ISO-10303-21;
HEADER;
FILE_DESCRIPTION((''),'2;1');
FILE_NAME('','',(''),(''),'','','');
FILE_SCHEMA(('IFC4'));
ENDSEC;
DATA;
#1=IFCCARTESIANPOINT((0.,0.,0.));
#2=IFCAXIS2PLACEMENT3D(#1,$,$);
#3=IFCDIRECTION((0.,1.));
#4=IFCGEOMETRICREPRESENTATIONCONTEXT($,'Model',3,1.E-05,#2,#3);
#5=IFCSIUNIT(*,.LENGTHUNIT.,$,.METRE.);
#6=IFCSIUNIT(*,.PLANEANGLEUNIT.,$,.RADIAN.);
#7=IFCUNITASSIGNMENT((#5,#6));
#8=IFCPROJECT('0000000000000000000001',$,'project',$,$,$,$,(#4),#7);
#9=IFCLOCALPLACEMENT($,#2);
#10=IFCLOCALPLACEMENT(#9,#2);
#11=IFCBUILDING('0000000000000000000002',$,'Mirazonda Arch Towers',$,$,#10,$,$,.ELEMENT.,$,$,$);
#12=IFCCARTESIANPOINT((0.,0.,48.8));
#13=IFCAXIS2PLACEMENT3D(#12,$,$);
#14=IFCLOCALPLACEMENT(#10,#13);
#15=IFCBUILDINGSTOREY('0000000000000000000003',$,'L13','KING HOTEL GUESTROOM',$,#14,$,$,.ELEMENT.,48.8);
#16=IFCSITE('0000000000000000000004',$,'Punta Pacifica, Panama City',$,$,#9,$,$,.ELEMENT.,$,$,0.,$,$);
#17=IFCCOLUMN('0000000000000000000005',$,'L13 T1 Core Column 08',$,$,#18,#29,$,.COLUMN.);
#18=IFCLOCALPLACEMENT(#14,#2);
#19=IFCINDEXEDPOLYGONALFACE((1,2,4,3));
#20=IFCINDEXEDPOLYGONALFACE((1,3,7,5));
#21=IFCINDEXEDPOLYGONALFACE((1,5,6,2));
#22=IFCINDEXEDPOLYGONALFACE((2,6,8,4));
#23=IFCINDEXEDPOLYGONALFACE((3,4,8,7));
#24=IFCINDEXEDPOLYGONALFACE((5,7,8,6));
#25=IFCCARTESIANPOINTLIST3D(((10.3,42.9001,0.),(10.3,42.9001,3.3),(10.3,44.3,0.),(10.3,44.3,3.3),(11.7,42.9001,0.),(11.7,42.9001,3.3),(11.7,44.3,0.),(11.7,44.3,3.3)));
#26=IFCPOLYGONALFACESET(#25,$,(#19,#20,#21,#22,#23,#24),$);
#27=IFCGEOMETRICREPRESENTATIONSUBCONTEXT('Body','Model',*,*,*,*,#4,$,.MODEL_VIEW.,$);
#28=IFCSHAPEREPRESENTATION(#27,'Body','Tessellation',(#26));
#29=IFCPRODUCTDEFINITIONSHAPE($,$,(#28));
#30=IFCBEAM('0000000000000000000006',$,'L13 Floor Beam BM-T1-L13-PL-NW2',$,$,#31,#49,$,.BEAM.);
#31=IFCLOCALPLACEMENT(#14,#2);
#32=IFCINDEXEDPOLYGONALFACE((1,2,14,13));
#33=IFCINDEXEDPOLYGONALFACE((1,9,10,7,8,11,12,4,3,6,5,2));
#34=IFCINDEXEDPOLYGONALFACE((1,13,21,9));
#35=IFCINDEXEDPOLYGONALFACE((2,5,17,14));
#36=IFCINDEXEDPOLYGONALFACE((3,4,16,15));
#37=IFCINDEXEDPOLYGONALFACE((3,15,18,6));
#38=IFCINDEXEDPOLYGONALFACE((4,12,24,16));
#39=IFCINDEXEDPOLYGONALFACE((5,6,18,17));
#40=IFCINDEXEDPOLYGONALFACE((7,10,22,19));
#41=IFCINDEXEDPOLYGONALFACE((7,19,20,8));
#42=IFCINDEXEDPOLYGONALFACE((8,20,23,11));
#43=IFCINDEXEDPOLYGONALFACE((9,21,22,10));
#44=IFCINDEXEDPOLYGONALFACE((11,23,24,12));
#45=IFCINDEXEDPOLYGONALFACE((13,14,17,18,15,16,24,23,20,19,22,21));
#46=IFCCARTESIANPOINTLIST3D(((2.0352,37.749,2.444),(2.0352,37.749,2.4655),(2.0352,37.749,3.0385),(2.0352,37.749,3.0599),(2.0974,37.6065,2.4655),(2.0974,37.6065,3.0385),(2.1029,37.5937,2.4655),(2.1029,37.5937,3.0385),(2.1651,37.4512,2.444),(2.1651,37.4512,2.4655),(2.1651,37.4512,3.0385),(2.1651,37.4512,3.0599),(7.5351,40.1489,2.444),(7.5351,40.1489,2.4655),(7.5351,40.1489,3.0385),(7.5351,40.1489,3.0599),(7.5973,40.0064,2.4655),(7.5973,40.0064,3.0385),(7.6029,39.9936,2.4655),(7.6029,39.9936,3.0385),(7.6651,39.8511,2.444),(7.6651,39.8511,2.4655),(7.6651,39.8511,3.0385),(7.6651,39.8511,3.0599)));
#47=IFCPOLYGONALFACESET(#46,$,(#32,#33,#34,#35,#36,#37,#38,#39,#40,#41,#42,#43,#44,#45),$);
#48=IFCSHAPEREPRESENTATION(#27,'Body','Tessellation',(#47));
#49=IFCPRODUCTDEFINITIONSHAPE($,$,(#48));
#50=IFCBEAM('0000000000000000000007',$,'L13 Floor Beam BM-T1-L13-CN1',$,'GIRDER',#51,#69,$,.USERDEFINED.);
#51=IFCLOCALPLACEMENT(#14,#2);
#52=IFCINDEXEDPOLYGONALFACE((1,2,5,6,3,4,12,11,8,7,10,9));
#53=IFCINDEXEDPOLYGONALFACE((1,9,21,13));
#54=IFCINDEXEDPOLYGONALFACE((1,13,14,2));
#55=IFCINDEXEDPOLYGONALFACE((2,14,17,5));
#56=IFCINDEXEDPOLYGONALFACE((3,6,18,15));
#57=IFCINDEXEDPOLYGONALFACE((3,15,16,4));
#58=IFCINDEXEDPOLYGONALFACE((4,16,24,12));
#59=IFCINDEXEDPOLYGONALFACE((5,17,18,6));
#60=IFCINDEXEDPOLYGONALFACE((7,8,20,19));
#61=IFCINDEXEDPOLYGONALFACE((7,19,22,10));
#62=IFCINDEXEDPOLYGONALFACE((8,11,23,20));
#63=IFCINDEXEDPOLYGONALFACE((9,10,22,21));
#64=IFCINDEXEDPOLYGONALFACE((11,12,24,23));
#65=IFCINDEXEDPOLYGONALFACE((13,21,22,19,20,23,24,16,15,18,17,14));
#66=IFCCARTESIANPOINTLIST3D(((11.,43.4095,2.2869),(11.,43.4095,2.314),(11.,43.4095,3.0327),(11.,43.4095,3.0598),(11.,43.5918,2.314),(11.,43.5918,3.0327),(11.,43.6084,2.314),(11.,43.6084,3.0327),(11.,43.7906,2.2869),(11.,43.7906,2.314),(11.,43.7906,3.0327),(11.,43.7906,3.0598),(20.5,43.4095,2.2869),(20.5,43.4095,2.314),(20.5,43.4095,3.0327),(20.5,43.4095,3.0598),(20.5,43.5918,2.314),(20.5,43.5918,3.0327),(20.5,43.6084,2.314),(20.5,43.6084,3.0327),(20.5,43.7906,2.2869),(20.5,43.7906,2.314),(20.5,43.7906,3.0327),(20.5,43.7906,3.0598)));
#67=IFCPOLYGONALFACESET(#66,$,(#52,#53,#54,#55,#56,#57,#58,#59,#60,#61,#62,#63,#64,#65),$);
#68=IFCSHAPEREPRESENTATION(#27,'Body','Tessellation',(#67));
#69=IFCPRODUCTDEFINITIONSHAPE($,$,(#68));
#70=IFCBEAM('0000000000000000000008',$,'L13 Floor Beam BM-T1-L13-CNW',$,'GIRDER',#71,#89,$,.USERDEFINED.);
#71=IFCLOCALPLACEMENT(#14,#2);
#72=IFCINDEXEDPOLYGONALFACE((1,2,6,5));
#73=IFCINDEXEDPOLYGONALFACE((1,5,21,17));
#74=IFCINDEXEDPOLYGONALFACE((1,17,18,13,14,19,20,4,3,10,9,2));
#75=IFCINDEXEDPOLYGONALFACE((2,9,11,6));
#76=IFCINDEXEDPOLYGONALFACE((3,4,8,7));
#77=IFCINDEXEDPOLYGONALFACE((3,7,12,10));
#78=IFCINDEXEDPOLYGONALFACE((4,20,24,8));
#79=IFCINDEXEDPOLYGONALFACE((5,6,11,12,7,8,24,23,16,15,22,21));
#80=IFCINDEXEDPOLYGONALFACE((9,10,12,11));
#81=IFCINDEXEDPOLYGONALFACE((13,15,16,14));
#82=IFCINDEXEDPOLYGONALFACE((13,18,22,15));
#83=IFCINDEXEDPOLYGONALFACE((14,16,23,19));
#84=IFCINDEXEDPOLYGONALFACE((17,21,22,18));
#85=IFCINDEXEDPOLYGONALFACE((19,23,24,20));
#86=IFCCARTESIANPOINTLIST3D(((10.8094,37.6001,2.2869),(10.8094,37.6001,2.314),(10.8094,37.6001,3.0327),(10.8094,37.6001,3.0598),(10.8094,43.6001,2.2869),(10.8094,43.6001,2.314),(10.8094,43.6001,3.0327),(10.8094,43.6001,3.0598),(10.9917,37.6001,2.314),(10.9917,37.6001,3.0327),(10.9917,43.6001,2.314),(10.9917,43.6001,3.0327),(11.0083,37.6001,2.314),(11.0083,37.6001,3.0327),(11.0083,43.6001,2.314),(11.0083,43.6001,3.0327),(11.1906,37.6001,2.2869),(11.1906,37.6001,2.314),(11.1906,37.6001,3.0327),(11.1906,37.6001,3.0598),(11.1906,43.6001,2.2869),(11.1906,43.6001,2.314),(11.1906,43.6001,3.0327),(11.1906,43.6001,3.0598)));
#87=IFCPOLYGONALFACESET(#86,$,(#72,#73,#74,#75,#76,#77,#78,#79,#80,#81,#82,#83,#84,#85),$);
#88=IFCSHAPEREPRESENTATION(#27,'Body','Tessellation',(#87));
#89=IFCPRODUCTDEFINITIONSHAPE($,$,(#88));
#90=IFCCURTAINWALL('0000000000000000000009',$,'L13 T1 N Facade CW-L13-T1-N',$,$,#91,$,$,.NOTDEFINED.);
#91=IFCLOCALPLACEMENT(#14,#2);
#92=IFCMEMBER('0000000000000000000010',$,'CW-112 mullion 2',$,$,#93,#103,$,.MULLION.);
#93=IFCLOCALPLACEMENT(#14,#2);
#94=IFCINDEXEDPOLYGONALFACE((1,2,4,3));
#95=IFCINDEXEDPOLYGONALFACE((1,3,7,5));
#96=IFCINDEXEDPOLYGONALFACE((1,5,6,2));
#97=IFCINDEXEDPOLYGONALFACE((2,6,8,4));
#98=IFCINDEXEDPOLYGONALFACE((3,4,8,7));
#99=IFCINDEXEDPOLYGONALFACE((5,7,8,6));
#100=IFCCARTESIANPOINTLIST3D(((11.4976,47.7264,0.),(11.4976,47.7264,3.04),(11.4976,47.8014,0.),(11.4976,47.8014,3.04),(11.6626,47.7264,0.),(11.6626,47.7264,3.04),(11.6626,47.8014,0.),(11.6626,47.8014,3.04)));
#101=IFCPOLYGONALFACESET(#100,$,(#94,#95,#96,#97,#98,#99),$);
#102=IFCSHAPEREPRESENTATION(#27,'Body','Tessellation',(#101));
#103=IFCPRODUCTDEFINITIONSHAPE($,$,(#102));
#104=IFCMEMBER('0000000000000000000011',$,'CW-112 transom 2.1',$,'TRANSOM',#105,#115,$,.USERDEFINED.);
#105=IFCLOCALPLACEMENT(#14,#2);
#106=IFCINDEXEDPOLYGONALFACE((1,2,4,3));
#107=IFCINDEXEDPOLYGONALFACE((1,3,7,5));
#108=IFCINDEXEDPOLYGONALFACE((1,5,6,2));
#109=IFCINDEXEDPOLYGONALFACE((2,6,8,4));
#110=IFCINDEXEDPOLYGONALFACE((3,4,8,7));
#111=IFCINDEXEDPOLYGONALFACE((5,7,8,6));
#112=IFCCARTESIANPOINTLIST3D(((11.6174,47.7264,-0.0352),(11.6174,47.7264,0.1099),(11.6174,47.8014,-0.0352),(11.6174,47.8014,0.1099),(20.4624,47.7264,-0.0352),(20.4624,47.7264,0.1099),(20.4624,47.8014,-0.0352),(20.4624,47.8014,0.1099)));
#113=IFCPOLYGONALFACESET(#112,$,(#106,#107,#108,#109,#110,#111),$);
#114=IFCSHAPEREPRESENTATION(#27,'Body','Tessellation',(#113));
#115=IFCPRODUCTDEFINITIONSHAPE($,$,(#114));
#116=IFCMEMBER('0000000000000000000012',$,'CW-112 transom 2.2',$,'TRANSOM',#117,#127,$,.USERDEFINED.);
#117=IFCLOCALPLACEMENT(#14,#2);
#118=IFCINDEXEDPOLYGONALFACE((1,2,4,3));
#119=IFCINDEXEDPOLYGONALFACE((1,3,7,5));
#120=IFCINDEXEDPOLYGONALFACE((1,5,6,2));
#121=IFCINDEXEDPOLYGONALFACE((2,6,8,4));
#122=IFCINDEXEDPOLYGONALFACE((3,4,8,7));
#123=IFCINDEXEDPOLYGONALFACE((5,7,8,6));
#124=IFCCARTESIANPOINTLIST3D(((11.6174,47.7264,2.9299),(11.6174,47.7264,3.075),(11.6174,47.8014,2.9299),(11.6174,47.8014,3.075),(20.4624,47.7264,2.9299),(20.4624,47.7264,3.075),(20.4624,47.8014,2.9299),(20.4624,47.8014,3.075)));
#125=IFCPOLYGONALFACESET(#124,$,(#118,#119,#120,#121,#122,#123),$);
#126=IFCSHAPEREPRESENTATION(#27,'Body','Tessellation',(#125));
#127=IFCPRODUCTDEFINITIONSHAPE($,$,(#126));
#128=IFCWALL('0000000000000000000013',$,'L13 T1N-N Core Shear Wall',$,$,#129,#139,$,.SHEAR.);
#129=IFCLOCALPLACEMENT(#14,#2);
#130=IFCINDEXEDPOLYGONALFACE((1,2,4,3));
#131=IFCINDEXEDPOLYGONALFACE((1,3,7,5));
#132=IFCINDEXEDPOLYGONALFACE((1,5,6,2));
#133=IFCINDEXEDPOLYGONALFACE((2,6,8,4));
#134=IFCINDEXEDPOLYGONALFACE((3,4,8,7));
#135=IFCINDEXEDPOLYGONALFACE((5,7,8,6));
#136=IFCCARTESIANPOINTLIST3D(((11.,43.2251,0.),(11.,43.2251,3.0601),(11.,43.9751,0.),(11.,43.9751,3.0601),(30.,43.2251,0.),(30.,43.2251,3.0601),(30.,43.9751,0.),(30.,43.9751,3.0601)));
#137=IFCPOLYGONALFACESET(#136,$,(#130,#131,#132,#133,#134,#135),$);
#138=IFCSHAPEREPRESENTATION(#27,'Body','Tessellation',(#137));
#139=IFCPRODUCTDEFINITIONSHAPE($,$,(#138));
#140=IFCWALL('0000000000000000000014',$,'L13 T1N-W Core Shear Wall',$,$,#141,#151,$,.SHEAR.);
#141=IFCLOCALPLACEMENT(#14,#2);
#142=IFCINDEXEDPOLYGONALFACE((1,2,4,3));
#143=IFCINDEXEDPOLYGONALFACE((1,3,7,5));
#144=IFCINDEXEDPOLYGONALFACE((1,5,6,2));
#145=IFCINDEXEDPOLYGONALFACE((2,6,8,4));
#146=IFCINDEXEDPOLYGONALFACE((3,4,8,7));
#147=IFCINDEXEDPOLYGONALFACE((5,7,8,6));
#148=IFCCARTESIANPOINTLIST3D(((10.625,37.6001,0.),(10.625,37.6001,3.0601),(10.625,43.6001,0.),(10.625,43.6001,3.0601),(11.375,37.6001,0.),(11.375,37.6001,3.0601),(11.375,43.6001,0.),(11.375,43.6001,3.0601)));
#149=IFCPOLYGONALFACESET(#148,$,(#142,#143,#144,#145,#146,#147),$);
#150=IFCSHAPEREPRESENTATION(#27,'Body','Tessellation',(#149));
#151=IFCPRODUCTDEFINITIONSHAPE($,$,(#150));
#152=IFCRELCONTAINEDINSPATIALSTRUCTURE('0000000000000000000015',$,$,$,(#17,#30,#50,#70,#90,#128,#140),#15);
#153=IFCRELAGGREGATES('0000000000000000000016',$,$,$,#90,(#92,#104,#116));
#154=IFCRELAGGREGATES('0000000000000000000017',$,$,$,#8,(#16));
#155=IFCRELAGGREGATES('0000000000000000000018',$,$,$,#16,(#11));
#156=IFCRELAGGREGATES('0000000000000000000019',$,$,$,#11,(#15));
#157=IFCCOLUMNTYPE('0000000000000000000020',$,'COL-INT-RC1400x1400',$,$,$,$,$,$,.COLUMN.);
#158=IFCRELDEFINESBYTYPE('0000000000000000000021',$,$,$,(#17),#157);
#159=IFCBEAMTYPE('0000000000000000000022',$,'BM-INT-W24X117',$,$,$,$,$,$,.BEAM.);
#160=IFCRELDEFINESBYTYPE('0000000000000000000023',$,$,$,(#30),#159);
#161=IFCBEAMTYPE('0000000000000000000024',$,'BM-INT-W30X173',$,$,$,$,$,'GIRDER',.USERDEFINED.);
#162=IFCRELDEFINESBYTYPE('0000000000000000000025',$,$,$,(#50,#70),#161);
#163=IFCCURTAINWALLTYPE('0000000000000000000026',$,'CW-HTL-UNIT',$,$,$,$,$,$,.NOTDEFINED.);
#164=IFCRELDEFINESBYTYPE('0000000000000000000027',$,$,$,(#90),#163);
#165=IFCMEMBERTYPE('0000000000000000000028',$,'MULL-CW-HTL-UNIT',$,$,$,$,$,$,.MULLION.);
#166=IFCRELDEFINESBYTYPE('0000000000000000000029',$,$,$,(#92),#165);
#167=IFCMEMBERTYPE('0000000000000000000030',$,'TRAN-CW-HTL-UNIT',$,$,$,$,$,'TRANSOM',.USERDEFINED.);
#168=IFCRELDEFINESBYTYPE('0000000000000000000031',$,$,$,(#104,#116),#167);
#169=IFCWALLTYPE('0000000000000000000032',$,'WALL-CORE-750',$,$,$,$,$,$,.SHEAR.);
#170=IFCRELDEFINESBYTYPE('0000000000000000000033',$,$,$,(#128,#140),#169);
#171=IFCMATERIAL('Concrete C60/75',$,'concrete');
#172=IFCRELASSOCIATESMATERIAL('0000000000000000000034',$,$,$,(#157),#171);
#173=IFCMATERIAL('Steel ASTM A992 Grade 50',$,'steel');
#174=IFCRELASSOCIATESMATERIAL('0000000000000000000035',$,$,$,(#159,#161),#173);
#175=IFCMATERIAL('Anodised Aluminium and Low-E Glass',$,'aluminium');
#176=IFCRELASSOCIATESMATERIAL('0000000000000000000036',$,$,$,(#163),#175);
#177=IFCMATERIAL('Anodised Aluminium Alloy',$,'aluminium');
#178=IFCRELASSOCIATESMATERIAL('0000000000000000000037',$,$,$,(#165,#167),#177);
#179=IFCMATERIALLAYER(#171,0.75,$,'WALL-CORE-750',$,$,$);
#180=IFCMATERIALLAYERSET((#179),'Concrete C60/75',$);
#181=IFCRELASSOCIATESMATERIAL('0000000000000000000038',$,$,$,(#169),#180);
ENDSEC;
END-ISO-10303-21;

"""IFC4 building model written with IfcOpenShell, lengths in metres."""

from ifc_helpers import new_model, si_unit, direction, frame, frame_2d, origin, origin_2d, place, context, subcontext, project, spatial, rectangle, i_section, extrude, material, layer, layer_set, material_profile, profile_set, type_object, element, aggregate, save


model = new_model("IFC4")

# Units and contexts
model_context = context("Model", 3, precision=1e-05, world=origin(), true_north=direction((0.0, 1.0)))
body_context = subcontext(model_context, "Body", "Model", "MODEL_VIEW")
ifc_project = project(units=[si_unit("LENGTHUNIT", "METRE"), si_unit("PLANEANGLEUNIT", "RADIAN")], contexts=[model_context])

# Site, building, storey
site_placement = place(None, origin())
site = spatial("IfcSite", under=ifc_project, at=site_placement, Name="Punta Pacifica, Panama City", CompositionType="ELEMENT", RefElevation=0.0)
building_placement = place(site_placement, origin())
building = spatial("IfcBuilding", under=site, at=building_placement, Name="Mirazonda Arch Towers", CompositionType="ELEMENT")
storey_placement = place(building_placement, frame((0.0, 0.0, 48.8)))
storey = spatial("IfcBuildingStorey", under=building, at=storey_placement, Name="L13", Description="KING HOTEL GUESTROOM", CompositionType="ELEMENT", Elevation=48.8)

# Column
ifc_material_1 = material(Name="Concrete C60/75", Category="concrete")
ifc_material_profile_1 = material_profile(ifc_material_1, rectangle(XDim=1.3999, YDim=1.3999, at=origin_2d()), Name="RC1400x1400")
ifc_profile_set_1 = profile_set([ifc_material_profile_1], Name="Concrete C60/75")
column_type = type_object("IfcColumnType", Name="COL-INT-RC1400x1400", PredefinedType="COLUMN", material=ifc_profile_set_1)
column_placement = place(storey_placement, frame((11.0, 43.6001, 0.0), z_axis=(0.0, 0.0, 1.0), x_axis=(1.0, 0.0, 0.0)))
element("IfcColumn", 1, at=column_placement, inside=storey, type_object=column_type, Name="L13 T1 Core Column 08", PredefinedType="COLUMN", context=body_context, shape_type="SweptSolid", body=[
    extrude(rectangle(XDim=1.3999, YDim=1.3999, at=origin_2d()), origin(), (0.0, 0.0, 1.0), 3.3),
])

# Beams
ifc_material_2 = material(Name="Steel ASTM A992 Grade 50", Category="steel")
ifc_material_profile_2 = material_profile(ifc_material_2, i_section(OverallWidth=0.325, OverallDepth=0.616, WebThickness=0.0139, FlangeThickness=0.0215, at=origin_2d()), Name="W24X117")
ifc_profile_set_2 = profile_set([ifc_material_profile_2], Name="Steel ASTM A992 Grade 50")
beam_type_1 = type_object("IfcBeamType", Name="BM-INT-W24X117", PredefinedType="BEAM", material=ifc_profile_set_2)
beam_1_placement = place(storey_placement, frame((7.6001, 40.0, 2.752), z_axis=(-0.916545, -0.399931, 0.0), x_axis=(0.399931, -0.916545, 0.0)))
element("IfcBeam", 2, at=beam_1_placement, inside=storey, type_object=beam_type_1, Name="L13 Floor Beam BM-T1-L13-PL-NW2", PredefinedType="BEAM", context=body_context, shape_type="SweptSolid", body=[
    extrude(i_section(OverallWidth=0.325, OverallDepth=0.616, WebThickness=0.0139, FlangeThickness=0.0215, at=origin_2d()), origin(), (0.0, 0.0, 1.0), 6.0007),
])
ifc_material_profile_3 = material_profile(ifc_material_2, i_section(OverallWidth=0.3811, OverallDepth=0.7729, WebThickness=0.0166, FlangeThickness=0.0271, at=origin_2d()), Name="W30X173")
ifc_profile_set_3 = profile_set([ifc_material_profile_3], Name="Steel ASTM A992 Grade 50")
beam_type_2 = type_object("IfcBeamType", Name="BM-INT-W30X173", ElementType="GIRDER", PredefinedType="USERDEFINED", material=ifc_profile_set_3)
beam_2_placement = place(storey_placement, frame((11.0, 43.6001, 2.6733), z_axis=(1.0, 0.0, 0.0), x_axis=(0.0, 1.0, 0.0)))
element("IfcBeam", 3, at=beam_2_placement, inside=storey, type_object=beam_type_2, Name="L13 Floor Beam BM-T1-L13-CN1", ObjectType="GIRDER", PredefinedType="USERDEFINED", context=body_context, shape_type="SweptSolid", body=[
    extrude(i_section(OverallWidth=0.3811, OverallDepth=0.7729, WebThickness=0.0166, FlangeThickness=0.0271, at=origin_2d()), origin(), (0.0, 0.0, 1.0), 9.5),
])
beam_3_placement = place(storey_placement, frame((11.0, 37.6001, 2.6733), z_axis=(0.0, 1.0, 0.0), x_axis=(-1.0, 0.0, 0.0)))
element("IfcBeam", 4, at=beam_3_placement, inside=storey, type_object=beam_type_2, Name="L13 Floor Beam BM-T1-L13-CNW", ObjectType="GIRDER", PredefinedType="USERDEFINED", context=body_context, shape_type="SweptSolid", body=[
    extrude(i_section(OverallWidth=0.3811, OverallDepth=0.7729, WebThickness=0.0166, FlangeThickness=0.0271, at=origin_2d()), origin(), (0.0, 0.0, 1.0), 6.0),
])

# Curtain wall, members
ifc_material_3 = material(Name="Anodised Aluminium and Low-E Glass", Category="aluminium")
curtain_wall_type = type_object("IfcCurtainWallType", Name="CW-HTL-UNIT", PredefinedType="NOTDEFINED", material=ifc_material_3)
curtain_wall_placement = place(storey_placement, origin())
curtain_wall = element("IfcCurtainWall", 5, at=curtain_wall_placement, inside=storey, type_object=curtain_wall_type, Name="L13 T1 N Facade CW-L13-T1-N", PredefinedType="NOTDEFINED")
ifc_material_4 = material(Name="Anodised Aluminium Alloy", Category="aluminium")
ifc_material_profile_4 = material_profile(ifc_material_4, rectangle(XDim=0.075, YDim=0.165, at=origin_2d()), Name="ALU-MULL-75x165")
ifc_profile_set_4 = profile_set([ifc_material_profile_4], Name="Anodised Aluminium Alloy")
member_type_1 = type_object("IfcMemberType", Name="MULL-CW-HTL-UNIT", PredefinedType="MULLION", material=ifc_profile_set_4)
member_1_placement = place(storey_placement, frame((11.5801, 47.7639, 0.0), z_axis=(0.0, 0.0, 1.0), x_axis=(0.0, 1.0, 0.0)))
member_1 = element("IfcMember", 6, at=member_1_placement, type_object=member_type_1, Name="CW-112 mullion 2", PredefinedType="MULLION", context=body_context, shape_type="SweptSolid", body=[
    extrude(rectangle(XDim=0.075, YDim=0.165, at=origin_2d()), origin(), (0.0, 0.0, 1.0), 3.04),
])
ifc_material_profile_5 = material_profile(ifc_material_4, rectangle(XDim=0.075, YDim=0.145, at=origin_2d()), Name="ALU-TRAN-75x145")
ifc_profile_set_5 = profile_set([ifc_material_profile_5], Name="Anodised Aluminium Alloy")
member_type_2 = type_object("IfcMemberType", Name="TRAN-CW-HTL-UNIT", ElementType="TRANSOM", PredefinedType="USERDEFINED", material=ifc_profile_set_5)
member_2_placement = place(storey_placement, frame((11.6174, 47.7639, 0.0374), z_axis=(1.0, 0.0, 0.0), x_axis=(0.0, 1.0, 0.0)))
member_2 = element("IfcMember", 7, at=member_2_placement, type_object=member_type_2, Name="CW-112 transom 2.1", ObjectType="TRANSOM", PredefinedType="USERDEFINED", context=body_context, shape_type="SweptSolid", body=[
    extrude(rectangle(XDim=0.075, YDim=0.145, at=origin_2d()), origin(), (0.0, 0.0, 1.0), 8.845),
])
member_3_placement = place(storey_placement, frame((11.6174, 47.7639, 3.0024), z_axis=(1.0, 0.0, 0.0), x_axis=(0.0, 1.0, 0.0)))
member_3 = element("IfcMember", 8, at=member_3_placement, type_object=member_type_2, Name="CW-112 transom 2.2", ObjectType="TRANSOM", PredefinedType="USERDEFINED", context=body_context, shape_type="SweptSolid", body=[
    extrude(rectangle(XDim=0.075, YDim=0.145, at=origin_2d()), origin(), (0.0, 0.0, 1.0), 8.845),
])
aggregate(curtain_wall, [member_1, member_2, member_3])

# Walls
ifc_layer_1 = layer(ifc_material_1, 0.75, Name="WALL-CORE-750")
ifc_layer_set_1 = layer_set([ifc_layer_1], Name="Concrete C60/75")
wall_type_1 = type_object("IfcWallType", Name="WALL-CORE-750", PredefinedType="SHEAR", material=ifc_layer_set_1)
wall_1_placement = place(storey_placement, frame((11.0, 43.6001, 0.0), z_axis=(0.0, 0.0, 1.0), x_axis=(1.0, 0.0, 0.0)))
element("IfcWall", 9, at=wall_1_placement, inside=storey, type_object=wall_type_1, Name="L13 T1N-N Core Shear Wall", PredefinedType="SHEAR", context=body_context, shape_type="SweptSolid", body=[
    extrude(rectangle(XDim=19.0, YDim=0.75, at=frame_2d((9.5, 0.0))), origin(), (0.0, 0.0, 1.0), 3.0601),
])
wall_2_placement = place(storey_placement, frame((11.0, 37.6001, 0.0), z_axis=(0.0, 0.0, 1.0), x_axis=(0.0, 1.0, 0.0)))
element("IfcWall", 10, at=wall_2_placement, inside=storey, type_object=wall_type_1, Name="L13 T1N-W Core Shear Wall", PredefinedType="SHEAR", context=body_context, shape_type="SweptSolid", body=[
    extrude(rectangle(XDim=6.0, YDim=0.75, at=frame_2d((3.0, 0.0))), origin(), (0.0, 0.0, 1.0), 3.0601),
])

save(model, "model.ifc")
